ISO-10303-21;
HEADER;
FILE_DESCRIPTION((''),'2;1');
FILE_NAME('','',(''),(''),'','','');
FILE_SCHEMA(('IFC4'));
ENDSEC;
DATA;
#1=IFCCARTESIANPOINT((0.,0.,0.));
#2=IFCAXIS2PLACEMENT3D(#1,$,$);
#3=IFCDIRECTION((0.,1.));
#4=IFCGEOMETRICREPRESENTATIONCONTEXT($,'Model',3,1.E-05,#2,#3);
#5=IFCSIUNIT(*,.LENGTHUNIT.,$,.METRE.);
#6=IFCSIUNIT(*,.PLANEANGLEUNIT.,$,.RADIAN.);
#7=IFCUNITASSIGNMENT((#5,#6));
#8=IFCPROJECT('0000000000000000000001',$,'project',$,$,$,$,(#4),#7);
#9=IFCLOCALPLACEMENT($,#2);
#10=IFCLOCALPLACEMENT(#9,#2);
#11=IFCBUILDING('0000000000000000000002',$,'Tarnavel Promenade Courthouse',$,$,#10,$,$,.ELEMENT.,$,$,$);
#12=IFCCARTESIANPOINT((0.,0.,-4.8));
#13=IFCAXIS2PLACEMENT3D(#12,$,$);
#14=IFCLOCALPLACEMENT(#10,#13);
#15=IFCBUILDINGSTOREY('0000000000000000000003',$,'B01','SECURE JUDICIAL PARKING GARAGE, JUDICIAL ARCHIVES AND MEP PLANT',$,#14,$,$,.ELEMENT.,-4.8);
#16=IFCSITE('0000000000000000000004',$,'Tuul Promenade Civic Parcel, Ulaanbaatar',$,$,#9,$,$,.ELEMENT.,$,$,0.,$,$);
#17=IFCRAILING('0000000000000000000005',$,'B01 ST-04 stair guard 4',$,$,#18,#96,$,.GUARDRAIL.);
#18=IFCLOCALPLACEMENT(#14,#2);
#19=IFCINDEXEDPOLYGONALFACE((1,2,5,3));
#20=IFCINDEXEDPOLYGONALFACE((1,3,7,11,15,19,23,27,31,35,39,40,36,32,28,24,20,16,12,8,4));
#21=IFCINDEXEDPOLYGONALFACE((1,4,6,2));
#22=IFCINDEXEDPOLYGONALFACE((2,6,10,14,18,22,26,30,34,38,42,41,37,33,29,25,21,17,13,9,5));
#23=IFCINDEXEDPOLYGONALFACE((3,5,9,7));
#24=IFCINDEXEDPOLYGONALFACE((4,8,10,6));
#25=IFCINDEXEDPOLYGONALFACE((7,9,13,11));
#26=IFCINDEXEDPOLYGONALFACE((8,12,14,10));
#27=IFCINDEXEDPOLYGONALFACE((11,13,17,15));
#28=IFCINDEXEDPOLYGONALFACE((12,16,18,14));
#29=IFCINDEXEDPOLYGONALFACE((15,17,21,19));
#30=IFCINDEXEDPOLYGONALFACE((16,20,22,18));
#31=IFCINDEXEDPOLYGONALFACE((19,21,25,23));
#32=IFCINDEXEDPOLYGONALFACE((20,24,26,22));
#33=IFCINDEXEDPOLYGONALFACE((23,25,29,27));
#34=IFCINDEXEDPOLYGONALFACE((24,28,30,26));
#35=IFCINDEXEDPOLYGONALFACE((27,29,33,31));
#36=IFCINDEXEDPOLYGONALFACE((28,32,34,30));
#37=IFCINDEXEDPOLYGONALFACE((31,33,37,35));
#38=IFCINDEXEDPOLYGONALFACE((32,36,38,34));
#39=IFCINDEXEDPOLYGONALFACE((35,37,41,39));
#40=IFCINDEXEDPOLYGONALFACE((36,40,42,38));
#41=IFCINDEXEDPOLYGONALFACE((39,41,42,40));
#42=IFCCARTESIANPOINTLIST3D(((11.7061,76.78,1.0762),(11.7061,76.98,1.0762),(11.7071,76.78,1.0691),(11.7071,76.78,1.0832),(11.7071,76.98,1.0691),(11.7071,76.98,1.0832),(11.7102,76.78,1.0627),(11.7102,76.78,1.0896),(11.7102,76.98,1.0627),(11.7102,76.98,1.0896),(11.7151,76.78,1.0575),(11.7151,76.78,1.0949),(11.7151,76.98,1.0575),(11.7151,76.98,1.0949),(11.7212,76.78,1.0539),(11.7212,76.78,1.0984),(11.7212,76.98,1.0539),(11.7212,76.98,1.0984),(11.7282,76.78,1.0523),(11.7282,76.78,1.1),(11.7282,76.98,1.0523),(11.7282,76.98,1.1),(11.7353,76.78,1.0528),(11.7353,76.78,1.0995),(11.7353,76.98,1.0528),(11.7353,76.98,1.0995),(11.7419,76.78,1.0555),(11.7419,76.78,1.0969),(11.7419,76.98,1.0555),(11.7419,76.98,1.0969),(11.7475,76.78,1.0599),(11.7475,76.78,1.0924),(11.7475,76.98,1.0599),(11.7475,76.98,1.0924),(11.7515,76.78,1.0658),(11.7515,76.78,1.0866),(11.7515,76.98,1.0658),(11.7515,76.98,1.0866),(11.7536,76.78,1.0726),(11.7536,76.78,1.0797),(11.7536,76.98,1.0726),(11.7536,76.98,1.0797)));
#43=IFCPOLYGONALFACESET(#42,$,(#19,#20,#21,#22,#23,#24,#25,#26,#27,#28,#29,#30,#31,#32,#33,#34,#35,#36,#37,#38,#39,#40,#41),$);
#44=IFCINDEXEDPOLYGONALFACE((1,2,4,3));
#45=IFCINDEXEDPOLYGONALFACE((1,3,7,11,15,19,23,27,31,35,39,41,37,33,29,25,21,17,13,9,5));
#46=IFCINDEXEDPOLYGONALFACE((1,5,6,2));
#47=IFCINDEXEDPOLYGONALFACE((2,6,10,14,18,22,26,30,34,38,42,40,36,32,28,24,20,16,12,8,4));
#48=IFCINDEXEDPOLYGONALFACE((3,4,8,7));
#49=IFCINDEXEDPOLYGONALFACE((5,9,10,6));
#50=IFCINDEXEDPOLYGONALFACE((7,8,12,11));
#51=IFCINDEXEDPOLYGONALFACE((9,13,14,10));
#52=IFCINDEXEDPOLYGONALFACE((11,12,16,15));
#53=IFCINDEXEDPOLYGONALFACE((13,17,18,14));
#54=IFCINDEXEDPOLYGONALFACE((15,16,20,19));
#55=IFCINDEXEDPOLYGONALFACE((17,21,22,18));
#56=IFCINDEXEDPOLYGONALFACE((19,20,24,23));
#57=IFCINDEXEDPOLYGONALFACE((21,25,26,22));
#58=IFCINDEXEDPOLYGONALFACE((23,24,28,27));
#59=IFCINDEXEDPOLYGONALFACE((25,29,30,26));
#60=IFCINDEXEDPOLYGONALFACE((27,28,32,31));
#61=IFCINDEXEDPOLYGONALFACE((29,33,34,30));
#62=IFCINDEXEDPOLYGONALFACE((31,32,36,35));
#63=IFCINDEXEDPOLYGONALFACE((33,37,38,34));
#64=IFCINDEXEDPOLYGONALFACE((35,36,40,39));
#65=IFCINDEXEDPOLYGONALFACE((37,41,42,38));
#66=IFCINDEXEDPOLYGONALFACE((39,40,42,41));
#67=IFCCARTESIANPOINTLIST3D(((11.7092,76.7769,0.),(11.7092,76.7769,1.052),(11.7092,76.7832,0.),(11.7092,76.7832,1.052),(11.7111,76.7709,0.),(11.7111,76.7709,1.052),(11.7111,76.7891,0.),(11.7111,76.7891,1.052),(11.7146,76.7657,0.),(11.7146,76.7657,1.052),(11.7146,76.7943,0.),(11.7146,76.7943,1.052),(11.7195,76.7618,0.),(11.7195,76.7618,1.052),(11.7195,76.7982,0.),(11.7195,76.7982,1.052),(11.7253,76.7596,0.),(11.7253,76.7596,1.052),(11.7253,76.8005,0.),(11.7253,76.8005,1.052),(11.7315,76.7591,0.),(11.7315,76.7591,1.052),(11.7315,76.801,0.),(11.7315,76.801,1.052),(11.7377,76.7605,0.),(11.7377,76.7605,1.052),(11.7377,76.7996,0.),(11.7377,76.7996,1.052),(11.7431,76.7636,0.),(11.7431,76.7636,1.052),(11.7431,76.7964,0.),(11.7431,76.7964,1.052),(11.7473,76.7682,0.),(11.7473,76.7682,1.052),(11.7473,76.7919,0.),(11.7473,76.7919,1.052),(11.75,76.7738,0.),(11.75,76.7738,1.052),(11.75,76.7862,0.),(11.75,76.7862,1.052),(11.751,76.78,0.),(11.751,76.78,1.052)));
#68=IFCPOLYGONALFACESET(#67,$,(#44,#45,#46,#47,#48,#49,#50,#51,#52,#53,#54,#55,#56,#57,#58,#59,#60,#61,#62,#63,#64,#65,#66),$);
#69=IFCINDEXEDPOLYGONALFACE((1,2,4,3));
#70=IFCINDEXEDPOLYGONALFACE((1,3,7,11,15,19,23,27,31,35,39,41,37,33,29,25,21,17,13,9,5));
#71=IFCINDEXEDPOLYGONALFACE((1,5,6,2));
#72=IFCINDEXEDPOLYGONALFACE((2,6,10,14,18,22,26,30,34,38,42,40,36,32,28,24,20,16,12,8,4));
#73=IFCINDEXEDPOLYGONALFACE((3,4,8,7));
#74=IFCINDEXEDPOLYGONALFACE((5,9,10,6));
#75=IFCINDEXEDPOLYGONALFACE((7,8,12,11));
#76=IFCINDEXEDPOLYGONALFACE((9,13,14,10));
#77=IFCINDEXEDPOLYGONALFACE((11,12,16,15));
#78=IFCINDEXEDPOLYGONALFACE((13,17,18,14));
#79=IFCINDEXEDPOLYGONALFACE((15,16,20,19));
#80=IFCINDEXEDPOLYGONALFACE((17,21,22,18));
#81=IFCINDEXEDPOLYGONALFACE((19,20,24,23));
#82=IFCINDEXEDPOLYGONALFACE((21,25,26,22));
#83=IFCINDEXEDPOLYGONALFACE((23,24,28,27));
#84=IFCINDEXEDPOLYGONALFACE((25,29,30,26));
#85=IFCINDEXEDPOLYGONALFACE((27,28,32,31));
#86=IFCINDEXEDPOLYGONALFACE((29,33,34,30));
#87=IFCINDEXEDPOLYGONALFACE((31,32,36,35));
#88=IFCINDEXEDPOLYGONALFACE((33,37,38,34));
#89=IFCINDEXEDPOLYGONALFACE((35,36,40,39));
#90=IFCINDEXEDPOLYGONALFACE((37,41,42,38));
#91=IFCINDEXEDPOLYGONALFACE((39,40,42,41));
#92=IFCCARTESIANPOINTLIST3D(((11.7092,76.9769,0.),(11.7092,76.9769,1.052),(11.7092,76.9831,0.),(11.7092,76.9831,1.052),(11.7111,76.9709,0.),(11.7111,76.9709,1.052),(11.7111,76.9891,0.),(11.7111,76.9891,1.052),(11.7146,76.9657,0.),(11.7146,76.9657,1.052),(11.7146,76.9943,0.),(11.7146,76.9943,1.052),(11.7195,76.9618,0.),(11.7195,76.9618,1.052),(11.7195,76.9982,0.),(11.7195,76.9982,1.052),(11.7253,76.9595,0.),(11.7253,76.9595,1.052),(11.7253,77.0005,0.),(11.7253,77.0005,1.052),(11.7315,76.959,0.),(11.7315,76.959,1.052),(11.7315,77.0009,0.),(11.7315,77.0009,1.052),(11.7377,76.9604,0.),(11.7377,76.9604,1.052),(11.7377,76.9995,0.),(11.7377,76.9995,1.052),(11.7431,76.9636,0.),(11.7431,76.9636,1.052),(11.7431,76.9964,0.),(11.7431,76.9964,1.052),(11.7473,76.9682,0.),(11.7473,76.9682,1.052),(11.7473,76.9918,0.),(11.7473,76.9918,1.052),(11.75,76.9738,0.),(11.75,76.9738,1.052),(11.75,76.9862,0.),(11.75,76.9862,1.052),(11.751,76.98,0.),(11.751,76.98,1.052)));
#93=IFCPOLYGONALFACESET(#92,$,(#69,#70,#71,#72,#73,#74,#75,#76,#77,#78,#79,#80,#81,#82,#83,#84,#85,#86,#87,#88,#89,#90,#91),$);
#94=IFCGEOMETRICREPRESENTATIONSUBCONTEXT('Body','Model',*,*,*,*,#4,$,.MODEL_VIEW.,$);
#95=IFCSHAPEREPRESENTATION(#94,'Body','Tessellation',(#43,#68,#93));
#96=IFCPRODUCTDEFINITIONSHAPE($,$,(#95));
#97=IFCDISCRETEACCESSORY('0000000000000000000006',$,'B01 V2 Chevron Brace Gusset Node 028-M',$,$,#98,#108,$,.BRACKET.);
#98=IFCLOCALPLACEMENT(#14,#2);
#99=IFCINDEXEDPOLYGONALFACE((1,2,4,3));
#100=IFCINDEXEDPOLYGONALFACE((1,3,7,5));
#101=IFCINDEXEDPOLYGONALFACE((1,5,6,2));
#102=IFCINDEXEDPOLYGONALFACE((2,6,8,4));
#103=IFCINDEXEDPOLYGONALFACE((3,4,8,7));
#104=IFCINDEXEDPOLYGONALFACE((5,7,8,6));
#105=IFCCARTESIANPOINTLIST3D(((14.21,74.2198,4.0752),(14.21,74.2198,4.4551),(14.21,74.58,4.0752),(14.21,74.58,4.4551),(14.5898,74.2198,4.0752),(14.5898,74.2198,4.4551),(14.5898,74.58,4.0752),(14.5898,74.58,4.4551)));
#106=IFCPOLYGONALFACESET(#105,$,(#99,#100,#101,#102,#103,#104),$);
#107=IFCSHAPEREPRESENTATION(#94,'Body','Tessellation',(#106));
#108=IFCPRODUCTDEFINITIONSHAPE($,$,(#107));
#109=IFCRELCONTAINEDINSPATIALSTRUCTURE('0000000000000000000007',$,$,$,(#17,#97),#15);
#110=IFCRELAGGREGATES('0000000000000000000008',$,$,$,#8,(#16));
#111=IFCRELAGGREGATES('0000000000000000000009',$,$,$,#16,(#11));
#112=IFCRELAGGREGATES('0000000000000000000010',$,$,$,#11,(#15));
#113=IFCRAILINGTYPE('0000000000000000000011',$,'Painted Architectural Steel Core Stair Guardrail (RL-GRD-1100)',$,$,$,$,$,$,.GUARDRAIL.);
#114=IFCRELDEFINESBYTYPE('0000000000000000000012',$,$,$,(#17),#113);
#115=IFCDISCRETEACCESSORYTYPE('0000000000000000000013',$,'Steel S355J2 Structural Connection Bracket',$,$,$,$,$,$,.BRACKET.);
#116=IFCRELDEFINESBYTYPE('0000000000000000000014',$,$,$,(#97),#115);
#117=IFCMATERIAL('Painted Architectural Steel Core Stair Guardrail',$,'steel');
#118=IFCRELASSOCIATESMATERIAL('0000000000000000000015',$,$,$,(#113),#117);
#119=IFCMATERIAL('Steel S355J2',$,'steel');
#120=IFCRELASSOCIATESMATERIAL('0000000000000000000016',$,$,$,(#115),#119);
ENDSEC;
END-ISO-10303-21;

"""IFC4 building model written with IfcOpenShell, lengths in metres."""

from ifc_helpers import new_model, si_unit, direction, frame, origin, origin_2d, place, context, subcontext, project, spatial, rectangle, circle, extrude, material, type_object, element, save


model = new_model("IFC4")

# Units and contexts
model_context = context("Model", 3, precision=1e-05, world=origin(), true_north=direction((0.0, 1.0)))
body_context = subcontext(model_context, "Body", "Model", "MODEL_VIEW")
ifc_project = project(units=[si_unit("LENGTHUNIT", "METRE"), si_unit("PLANEANGLEUNIT", "RADIAN")], contexts=[model_context])

# Site, building, storey
site_placement = place(None, origin())
site = spatial("IfcSite", under=ifc_project, at=site_placement, Name="Tuul Promenade Civic Parcel, Ulaanbaatar", CompositionType="ELEMENT", RefElevation=0.0)
building_placement = place(site_placement, origin())
building = spatial("IfcBuilding", under=site, at=building_placement, Name="Tarnavel Promenade Courthouse", CompositionType="ELEMENT")
storey_placement = place(building_placement, frame((0.0, 0.0, -4.8)))
storey = spatial("IfcBuildingStorey", under=building, at=storey_placement, Name="B01", Description="SECURE JUDICIAL PARKING GARAGE, JUDICIAL ARCHIVES AND MEP PLANT", CompositionType="ELEMENT", Elevation=-4.8)

# Railing
ifc_material_1 = material(Name="Painted Architectural Steel Core Stair Guardrail", Category="steel")
railing_type_1 = type_object("IfcRailingType", Name="Painted Architectural Steel Core Stair Guardrail (RL-GRD-1100)", PredefinedType="GUARDRAIL", material=ifc_material_1)
railing_1_placement = place(storey_placement, frame((11.73, 76.78, 0.0)))
element("IfcRailing", 1, at=railing_1_placement, inside=storey, type_object=railing_type_1, Name="B01 ST-04 stair guard 4", PredefinedType="GUARDRAIL", context=body_context, shape_type="SweptSolid", body=[
    extrude(circle(Radius=0.0239, at=origin_2d()), frame((0.0, 0.0, 1.0762), z_axis=(0.0, 1.0, 0.0), x_axis=(-1.0, 0.0, 0.0)), (0.0, 0.0, 1.0), 0.2),
    extrude(circle(Radius=0.021, at=origin_2d()), origin(), (0.0, 0.0, 1.0), 1.052),
    extrude(circle(Radius=0.021, at=origin_2d()), frame((0.0, 0.2, 0.0)), (0.0, 0.0, 1.0), 1.052),
])

# Discrete accessory
ifc_material_2 = material(Name="Steel S355J2", Category="steel")
discrete_accessory_type = type_object("IfcDiscreteAccessoryType", Name="Steel S355J2 Structural Connection Bracket", PredefinedType="BRACKET", material=ifc_material_2)
discrete_accessory_placement = place(storey_placement, frame((14.3999, 74.3999, 4.0752), z_axis=(0.0, 0.0, 1.0), x_axis=(1.0, 0.0, 0.0)))
element("IfcDiscreteAccessory", 2, at=discrete_accessory_placement, inside=storey, type_object=discrete_accessory_type, Name="B01 V2 Chevron Brace Gusset Node 028-M", PredefinedType="BRACKET", context=body_context, shape_type="SweptSolid", body=[
    extrude(rectangle(XDim=0.3799, YDim=0.3601, at=origin_2d()), origin(), (0.0, 0.0, 1.0), 0.3799),
])

save(model, "model.ifc")
